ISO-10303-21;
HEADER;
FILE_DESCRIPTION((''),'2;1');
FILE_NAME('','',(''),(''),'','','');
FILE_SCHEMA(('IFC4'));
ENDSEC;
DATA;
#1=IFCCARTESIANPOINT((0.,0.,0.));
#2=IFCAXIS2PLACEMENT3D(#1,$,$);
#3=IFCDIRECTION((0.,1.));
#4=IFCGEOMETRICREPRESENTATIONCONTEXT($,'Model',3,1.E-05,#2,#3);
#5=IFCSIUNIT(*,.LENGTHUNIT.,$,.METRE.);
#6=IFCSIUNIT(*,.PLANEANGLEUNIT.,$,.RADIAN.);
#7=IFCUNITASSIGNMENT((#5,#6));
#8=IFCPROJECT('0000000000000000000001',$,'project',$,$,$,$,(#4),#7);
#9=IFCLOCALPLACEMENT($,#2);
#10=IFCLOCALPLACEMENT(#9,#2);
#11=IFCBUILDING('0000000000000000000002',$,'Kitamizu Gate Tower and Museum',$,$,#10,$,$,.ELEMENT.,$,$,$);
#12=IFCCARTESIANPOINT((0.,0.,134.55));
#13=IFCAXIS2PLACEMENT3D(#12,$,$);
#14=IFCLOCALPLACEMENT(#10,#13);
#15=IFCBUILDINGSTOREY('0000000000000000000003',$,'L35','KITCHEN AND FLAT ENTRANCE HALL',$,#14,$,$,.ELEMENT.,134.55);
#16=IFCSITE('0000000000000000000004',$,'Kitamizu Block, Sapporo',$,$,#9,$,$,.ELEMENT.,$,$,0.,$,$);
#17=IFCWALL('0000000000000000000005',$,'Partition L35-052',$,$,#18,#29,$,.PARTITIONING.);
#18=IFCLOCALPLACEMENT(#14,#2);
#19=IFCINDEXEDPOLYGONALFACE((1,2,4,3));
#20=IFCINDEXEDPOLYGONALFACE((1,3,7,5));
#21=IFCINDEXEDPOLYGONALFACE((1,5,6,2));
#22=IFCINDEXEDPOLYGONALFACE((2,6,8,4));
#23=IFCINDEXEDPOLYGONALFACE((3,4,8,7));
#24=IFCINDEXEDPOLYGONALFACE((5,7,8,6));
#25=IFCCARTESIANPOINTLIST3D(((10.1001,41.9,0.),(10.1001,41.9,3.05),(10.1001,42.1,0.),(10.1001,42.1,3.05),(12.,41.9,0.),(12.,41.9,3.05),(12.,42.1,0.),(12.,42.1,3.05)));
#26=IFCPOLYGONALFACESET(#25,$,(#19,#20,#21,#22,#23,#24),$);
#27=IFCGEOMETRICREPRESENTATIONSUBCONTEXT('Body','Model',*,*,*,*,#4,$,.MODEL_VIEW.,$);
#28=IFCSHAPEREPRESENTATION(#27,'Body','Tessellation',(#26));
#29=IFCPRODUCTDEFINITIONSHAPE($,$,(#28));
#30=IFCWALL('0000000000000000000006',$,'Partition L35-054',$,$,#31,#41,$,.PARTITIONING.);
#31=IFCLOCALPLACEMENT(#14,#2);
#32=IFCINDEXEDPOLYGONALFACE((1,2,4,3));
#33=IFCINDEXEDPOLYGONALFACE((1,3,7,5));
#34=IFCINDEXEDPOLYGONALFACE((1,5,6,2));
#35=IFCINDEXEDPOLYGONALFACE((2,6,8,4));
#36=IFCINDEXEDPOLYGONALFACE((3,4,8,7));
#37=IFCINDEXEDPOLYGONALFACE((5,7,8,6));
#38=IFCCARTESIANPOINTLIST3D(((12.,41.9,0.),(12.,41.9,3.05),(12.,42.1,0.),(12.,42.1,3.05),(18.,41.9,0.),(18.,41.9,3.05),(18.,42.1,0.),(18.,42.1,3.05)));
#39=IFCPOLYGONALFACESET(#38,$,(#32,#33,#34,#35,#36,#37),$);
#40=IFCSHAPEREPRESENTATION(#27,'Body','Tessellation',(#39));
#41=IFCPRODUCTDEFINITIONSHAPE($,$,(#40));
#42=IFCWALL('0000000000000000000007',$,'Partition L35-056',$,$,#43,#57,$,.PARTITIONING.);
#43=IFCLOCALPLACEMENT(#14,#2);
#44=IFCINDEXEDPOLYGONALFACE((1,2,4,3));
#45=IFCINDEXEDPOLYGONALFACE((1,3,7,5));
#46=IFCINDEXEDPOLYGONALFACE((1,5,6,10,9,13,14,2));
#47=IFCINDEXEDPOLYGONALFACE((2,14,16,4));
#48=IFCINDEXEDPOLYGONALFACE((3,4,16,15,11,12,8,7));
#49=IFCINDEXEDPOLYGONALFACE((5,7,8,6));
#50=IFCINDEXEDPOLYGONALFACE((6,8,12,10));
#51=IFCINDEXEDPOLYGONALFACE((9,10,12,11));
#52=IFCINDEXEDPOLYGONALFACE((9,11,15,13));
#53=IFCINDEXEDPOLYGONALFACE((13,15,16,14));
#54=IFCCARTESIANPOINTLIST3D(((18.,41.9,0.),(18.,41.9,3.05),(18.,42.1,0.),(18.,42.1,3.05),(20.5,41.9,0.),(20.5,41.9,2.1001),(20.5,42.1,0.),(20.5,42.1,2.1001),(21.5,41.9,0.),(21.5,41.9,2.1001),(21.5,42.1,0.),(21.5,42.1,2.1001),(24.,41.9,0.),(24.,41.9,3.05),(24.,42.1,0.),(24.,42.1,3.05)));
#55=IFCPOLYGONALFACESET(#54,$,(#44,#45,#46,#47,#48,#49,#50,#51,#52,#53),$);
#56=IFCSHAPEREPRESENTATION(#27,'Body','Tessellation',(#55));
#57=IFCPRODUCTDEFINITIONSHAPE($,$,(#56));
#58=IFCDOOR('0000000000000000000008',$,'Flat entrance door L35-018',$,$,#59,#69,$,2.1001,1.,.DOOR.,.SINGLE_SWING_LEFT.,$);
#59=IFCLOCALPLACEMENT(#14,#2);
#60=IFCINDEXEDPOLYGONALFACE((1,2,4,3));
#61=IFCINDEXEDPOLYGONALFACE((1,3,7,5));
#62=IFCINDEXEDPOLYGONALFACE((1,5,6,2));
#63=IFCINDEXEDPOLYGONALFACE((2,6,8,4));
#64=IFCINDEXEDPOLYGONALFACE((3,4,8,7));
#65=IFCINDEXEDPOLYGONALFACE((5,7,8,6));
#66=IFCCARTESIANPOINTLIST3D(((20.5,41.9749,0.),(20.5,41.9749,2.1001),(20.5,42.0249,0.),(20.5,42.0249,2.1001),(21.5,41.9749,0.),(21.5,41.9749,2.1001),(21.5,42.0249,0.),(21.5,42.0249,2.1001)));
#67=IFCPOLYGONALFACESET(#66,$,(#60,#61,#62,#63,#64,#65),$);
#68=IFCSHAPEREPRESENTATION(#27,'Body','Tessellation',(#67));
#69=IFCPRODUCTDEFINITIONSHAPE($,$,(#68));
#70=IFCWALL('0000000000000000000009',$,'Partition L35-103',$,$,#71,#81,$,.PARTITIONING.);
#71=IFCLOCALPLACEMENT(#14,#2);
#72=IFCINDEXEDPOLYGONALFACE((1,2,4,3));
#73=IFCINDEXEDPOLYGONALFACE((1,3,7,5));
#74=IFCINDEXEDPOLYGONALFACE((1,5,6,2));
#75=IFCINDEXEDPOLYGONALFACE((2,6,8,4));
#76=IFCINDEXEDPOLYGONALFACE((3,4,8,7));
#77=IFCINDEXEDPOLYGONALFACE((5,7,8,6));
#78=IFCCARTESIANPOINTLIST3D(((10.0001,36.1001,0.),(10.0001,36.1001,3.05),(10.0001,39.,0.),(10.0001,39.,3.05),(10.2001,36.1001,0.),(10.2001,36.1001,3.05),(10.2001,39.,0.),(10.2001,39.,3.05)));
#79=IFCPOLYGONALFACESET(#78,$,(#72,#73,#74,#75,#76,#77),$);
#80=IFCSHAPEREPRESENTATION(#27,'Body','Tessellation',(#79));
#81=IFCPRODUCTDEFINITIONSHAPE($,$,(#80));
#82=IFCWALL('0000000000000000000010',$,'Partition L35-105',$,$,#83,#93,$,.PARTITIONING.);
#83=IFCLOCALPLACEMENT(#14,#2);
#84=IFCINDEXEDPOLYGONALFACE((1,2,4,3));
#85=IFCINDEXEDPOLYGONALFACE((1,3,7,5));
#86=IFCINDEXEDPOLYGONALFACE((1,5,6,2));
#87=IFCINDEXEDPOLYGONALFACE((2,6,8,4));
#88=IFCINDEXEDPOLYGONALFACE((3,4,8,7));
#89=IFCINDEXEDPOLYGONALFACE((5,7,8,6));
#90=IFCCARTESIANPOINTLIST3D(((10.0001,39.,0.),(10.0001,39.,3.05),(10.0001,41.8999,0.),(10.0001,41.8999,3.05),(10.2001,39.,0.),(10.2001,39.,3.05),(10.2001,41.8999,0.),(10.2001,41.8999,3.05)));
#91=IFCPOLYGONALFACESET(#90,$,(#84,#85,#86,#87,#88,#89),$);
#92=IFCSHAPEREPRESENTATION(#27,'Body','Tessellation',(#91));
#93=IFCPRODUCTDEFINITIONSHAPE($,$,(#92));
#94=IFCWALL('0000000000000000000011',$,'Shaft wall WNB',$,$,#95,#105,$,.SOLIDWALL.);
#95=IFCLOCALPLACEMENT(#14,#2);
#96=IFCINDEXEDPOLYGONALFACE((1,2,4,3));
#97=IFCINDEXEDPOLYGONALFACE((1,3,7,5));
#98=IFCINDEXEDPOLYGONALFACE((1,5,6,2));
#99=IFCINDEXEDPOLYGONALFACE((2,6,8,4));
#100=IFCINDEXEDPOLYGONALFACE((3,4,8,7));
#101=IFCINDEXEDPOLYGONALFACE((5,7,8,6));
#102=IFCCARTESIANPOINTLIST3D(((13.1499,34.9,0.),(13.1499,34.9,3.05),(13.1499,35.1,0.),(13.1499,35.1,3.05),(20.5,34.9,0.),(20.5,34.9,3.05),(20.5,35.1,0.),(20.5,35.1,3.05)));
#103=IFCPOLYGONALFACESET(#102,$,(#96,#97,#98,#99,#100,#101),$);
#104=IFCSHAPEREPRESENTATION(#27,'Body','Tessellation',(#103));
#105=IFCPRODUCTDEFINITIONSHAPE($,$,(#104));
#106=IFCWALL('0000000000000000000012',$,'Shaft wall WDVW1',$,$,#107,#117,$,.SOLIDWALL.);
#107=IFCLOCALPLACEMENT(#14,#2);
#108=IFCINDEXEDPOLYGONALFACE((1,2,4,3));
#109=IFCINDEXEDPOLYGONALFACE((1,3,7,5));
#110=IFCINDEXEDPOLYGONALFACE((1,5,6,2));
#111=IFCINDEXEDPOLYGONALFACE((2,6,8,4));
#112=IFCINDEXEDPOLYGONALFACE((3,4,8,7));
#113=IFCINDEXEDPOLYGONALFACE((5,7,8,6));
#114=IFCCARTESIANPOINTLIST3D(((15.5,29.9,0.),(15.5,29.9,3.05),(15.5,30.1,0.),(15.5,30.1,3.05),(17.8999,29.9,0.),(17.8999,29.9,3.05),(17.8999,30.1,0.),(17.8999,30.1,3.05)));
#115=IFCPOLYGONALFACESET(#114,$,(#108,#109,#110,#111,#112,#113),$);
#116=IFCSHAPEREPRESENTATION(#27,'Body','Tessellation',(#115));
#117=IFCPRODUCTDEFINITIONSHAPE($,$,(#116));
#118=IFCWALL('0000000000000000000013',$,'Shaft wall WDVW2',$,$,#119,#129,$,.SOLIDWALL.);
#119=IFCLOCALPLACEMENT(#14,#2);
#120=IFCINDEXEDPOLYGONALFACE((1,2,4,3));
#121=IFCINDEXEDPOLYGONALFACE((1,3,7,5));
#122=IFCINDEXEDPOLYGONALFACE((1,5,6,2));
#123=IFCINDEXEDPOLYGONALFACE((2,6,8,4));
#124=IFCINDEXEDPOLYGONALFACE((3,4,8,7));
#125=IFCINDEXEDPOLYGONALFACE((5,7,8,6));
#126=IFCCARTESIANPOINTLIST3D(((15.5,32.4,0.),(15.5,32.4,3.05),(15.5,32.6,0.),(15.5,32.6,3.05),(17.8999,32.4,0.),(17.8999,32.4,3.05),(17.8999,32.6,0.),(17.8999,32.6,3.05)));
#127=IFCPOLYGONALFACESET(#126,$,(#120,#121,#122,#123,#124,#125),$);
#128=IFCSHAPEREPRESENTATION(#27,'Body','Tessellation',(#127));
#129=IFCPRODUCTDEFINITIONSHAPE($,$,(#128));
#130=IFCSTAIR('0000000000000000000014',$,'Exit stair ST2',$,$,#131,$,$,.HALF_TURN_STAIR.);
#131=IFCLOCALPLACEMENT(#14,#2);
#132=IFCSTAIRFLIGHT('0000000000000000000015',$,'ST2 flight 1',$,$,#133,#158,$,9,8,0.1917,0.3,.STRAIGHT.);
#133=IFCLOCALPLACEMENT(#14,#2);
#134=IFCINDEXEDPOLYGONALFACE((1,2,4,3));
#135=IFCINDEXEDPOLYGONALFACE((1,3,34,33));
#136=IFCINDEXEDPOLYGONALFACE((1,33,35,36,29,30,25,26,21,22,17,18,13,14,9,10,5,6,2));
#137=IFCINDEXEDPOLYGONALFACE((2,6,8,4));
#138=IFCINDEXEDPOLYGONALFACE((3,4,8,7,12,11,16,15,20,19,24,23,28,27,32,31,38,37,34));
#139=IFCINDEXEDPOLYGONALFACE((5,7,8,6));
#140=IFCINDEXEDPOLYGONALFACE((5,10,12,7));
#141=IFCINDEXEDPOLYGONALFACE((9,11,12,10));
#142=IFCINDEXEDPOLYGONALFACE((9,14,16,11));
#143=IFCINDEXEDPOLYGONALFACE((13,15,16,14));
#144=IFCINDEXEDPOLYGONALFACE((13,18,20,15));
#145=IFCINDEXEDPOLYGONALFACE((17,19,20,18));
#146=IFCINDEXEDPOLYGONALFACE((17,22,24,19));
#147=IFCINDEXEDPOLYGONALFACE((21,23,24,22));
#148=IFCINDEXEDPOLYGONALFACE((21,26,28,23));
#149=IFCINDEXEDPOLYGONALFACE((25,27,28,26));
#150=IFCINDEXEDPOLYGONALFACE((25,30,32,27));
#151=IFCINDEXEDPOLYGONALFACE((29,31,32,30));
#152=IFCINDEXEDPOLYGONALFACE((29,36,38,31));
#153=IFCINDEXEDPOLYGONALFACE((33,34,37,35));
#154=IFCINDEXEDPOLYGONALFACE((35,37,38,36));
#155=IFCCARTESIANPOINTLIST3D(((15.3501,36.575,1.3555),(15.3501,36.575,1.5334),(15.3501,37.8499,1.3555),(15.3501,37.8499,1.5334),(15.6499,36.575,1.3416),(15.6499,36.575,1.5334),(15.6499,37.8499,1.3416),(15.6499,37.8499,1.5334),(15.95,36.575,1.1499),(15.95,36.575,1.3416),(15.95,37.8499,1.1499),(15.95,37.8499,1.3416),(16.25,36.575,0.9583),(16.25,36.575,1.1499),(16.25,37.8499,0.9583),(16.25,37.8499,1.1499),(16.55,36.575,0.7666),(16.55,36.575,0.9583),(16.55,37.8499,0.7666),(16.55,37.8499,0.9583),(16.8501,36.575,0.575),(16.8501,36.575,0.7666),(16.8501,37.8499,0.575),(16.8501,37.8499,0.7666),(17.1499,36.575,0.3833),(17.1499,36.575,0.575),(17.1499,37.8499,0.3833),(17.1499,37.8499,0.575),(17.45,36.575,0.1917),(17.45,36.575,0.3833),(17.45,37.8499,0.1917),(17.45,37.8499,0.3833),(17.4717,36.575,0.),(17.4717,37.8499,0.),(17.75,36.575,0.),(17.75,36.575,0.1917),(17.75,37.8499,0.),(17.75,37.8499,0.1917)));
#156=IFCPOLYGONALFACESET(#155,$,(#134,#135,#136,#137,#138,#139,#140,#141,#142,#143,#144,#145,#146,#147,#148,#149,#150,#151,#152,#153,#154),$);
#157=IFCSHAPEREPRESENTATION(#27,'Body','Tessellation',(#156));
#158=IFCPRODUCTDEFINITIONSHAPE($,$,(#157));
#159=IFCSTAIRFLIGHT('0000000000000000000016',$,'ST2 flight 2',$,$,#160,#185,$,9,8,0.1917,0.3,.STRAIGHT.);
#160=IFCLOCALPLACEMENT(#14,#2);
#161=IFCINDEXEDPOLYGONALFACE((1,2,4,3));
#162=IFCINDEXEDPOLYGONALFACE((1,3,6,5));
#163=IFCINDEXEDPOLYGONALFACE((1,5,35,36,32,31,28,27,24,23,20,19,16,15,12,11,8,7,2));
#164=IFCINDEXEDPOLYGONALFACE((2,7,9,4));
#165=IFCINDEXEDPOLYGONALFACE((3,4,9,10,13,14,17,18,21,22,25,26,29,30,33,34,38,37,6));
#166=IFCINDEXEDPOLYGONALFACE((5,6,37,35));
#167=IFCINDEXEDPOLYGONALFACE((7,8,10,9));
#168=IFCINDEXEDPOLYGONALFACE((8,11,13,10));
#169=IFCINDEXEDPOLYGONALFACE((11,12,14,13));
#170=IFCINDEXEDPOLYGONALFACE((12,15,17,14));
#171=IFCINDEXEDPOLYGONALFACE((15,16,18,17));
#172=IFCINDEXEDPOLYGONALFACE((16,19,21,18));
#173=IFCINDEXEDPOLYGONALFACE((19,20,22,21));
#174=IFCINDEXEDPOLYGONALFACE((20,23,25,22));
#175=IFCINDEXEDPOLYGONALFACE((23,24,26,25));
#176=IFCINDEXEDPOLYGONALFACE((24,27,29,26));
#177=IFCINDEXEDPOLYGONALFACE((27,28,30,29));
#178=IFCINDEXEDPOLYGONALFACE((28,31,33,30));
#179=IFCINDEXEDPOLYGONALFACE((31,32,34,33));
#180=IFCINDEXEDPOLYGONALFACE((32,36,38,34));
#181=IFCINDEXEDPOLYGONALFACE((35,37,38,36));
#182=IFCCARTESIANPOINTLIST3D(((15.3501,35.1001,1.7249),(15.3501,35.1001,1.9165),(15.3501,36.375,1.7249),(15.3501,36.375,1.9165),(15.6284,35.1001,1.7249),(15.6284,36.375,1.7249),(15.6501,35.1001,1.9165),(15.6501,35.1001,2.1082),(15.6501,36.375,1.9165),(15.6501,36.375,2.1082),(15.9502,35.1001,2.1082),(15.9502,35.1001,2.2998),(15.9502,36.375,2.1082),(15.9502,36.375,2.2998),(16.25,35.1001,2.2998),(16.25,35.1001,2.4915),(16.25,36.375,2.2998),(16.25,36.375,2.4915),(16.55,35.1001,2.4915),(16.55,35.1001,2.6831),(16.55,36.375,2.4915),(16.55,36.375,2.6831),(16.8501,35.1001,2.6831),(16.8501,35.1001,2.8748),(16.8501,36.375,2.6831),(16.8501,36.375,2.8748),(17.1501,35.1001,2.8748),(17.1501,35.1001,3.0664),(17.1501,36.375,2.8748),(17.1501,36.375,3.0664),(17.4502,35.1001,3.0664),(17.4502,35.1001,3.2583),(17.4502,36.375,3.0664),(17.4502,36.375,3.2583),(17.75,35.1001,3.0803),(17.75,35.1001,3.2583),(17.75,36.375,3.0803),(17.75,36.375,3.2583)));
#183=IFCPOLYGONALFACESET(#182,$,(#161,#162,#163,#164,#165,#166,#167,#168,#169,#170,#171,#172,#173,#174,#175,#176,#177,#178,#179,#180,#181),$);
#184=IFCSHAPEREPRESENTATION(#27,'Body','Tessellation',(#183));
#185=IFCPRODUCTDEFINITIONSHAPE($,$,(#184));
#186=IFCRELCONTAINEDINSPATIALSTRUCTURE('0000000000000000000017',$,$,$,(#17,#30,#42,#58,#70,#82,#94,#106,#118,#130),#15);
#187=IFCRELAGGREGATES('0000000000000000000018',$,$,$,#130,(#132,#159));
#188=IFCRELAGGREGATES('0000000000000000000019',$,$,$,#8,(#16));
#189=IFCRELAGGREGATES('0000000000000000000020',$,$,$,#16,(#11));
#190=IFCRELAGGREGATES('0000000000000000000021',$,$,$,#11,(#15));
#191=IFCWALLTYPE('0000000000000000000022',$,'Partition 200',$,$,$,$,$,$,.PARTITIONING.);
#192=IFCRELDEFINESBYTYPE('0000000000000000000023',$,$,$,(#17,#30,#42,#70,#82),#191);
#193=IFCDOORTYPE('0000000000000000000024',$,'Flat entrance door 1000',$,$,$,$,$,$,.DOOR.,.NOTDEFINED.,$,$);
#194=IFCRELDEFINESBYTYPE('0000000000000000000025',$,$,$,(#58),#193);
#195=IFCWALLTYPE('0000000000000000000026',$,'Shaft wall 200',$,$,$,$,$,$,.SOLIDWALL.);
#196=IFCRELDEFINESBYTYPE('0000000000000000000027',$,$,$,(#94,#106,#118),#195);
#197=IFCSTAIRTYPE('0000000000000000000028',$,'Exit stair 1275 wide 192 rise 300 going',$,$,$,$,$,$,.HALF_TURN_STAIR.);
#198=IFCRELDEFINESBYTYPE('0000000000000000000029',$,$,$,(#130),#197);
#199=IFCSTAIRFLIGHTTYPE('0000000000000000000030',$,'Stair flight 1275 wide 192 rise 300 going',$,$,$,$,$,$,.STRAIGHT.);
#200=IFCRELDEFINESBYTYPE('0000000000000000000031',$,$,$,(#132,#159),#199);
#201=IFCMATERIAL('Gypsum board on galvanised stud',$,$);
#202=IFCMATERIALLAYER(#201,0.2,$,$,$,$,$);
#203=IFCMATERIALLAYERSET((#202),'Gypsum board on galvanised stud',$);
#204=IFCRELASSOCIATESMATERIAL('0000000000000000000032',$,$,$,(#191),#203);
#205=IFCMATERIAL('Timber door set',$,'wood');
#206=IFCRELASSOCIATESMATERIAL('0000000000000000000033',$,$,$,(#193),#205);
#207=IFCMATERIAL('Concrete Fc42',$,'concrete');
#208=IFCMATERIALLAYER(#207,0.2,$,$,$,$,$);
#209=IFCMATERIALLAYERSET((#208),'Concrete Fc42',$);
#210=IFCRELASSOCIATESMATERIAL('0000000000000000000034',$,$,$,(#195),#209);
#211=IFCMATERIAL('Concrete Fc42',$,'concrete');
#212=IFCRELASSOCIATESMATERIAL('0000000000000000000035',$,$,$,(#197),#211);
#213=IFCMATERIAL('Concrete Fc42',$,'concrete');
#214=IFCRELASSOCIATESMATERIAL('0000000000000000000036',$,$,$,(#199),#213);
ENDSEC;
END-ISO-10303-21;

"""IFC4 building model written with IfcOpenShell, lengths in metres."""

from ifc_helpers import new_model, si_unit, direction, frame, frame_2d, origin, place, context, subcontext, project, spatial, polyline, rectangle, outline, extrude, material, layer, layer_set, type_object, element, fill, aggregate, save


model = new_model("IFC4")

# Units and contexts
model_context = context("Model", 3, precision=1e-05, world=origin(), true_north=direction((0.0, 1.0)))
body_context = subcontext(model_context, "Body", "Model", "MODEL_VIEW")
ifc_project = project(units=[si_unit("LENGTHUNIT", "METRE"), si_unit("PLANEANGLEUNIT", "RADIAN")], contexts=[model_context])

# Site, building, storey
site_placement = place(None, origin())
site = spatial("IfcSite", under=ifc_project, at=site_placement, Name="Kitamizu Block, Sapporo", CompositionType="ELEMENT", RefElevation=0.0)
building_placement = place(site_placement, origin())
building = spatial("IfcBuilding", under=site, at=building_placement, Name="Kitamizu Gate Tower and Museum", CompositionType="ELEMENT")
storey_placement = place(building_placement, frame((0.0, 0.0, 134.55)))
storey = spatial("IfcBuildingStorey", under=building, at=storey_placement, Name="L35", Description="KITCHEN AND FLAT ENTRANCE HALL", CompositionType="ELEMENT", Elevation=134.55)

# Walls
ifc_material_1 = material(Name="Gypsum board on galvanised stud")
ifc_layer_1 = layer(ifc_material_1, 0.2)
ifc_layer_set_1 = layer_set([ifc_layer_1], Name="Gypsum board on galvanised stud")
wall_type_1 = type_object("IfcWallType", Name="Partition 200", PredefinedType="PARTITIONING", material=ifc_layer_set_1)
wall_1_placement = place(storey_placement, frame((10.1001, 42.0, 0.0), z_axis=(0.0, 0.0, 1.0), x_axis=(1.0, 0.0, 0.0)))
element("IfcWall", 1, at=wall_1_placement, inside=storey, type_object=wall_type_1, Name="Partition L35-052", PredefinedType="PARTITIONING", context=body_context, shape_type="SweptSolid", body=[
    extrude(rectangle(XDim=1.8999, YDim=0.2, at=frame_2d((0.95, 0.0))), origin(), (0.0, 0.0, 1.0), 3.05),
])
wall_2_placement = place(storey_placement, frame((12.0, 42.0, 0.0), z_axis=(0.0, 0.0, 1.0), x_axis=(1.0, 0.0, 0.0)))
element("IfcWall", 2, at=wall_2_placement, inside=storey, type_object=wall_type_1, Name="Partition L35-054", PredefinedType="PARTITIONING", context=body_context, shape_type="SweptSolid", body=[
    extrude(rectangle(XDim=6.0, YDim=0.2, at=frame_2d((3.0, 0.0))), origin(), (0.0, 0.0, 1.0), 3.05),
])

# Wall, opening, door
wall_3_placement = place(storey_placement, frame((18.0, 42.0, 0.0), z_axis=(0.0, 0.0, 1.0), x_axis=(1.0, 0.0, 0.0)))
wall_3 = element("IfcWall", 3, at=wall_3_placement, inside=storey, type_object=wall_type_1, Name="Partition L35-056", PredefinedType="PARTITIONING", context=body_context, shape_type="SweptSolid", body=[
    extrude(rectangle(XDim=6.0, YDim=0.2, at=frame_2d((3.0, 0.0))), origin(), (0.0, 0.0, 1.0), 3.05),
])
opening_1_placement = place(wall_3_placement, frame((2.5, 0.0, 0.0)))
opening_1 = element("IfcOpeningElement", 4, at=opening_1_placement, cuts=wall_3, PredefinedType="OPENING", context=body_context, shape_type="SweptSolid", body=[
    extrude(rectangle(XDim=1.0, YDim=2.1001, at=frame_2d((0.5, 1.05))), frame((0.0, 0.1099, 0.0), z_axis=(0.0, -1.0, 0.0), x_axis=(1.0, 0.0, 0.0)), (0.0, 0.0, 1.0), 0.22),
])
ifc_material_2 = material(Name="Timber door set", Category="wood")
door_type_1 = type_object("IfcDoorType", Name="Flat entrance door 1000", OperationType="NOTDEFINED", PredefinedType="DOOR", material=ifc_material_2)
door_1_placement = place(opening_1_placement, origin())
door_1 = element("IfcDoor", 5, at=door_1_placement, inside=storey, type_object=door_type_1, Name="Flat entrance door L35-018", OperationType="SINGLE_SWING_LEFT", OverallHeight=2.1001, OverallWidth=1.0, PredefinedType="DOOR", context=body_context, shape_type="SweptSolid", body=[
    extrude(rectangle(XDim=1.0, YDim=2.1001, at=frame_2d((0.5, 1.05))), frame((0.0, 0.0249, 0.0), z_axis=(0.0, -1.0, 0.0), x_axis=(1.0, 0.0, 0.0)), (0.0, 0.0, 1.0), 0.05),
])
fill(opening_1, door_1)

# Walls
for number, where, z_axis, x_axis, name in (
    (6, (10.1001, 36.1001, 0.0), (0.0, 0.0, 1.0), (0.0, 1.0, 0.0), "Partition L35-103"),
    (7, (10.1001, 39.0, 0.0), (0.0, 0.0, 1.0), (0.0, 1.0, 0.0), "Partition L35-105"),
):
    element("IfcWall", number, at=place(storey_placement, frame(where, z_axis=z_axis, x_axis=x_axis)), inside=storey, type_object=wall_type_1, Name=name, PredefinedType="PARTITIONING", context=body_context, shape_type="SweptSolid", body=[
        extrude(rectangle(XDim=2.8999, YDim=0.2, at=frame_2d((1.45, 0.0))), origin(), (0.0, 0.0, 1.0), 3.05),
    ])
ifc_material_3 = material(Name="Concrete Fc42", Category="concrete")
ifc_layer_2 = layer(ifc_material_3, 0.2)
ifc_layer_set_2 = layer_set([ifc_layer_2], Name="Concrete Fc42")
wall_type_2 = type_object("IfcWallType", Name="Shaft wall 200", PredefinedType="SOLIDWALL", material=ifc_layer_set_2)
wall_4_placement = place(storey_placement, frame((13.1499, 35.0, 0.0), z_axis=(0.0, 0.0, 1.0), x_axis=(1.0, 0.0, 0.0)))
element("IfcWall", 8, at=wall_4_placement, inside=storey, type_object=wall_type_2, Name="Shaft wall WNB", PredefinedType="SOLIDWALL", context=body_context, shape_type="SweptSolid", body=[
    extrude(rectangle(XDim=7.3501, YDim=0.2, at=frame_2d((3.675, 0.0))), origin(), (0.0, 0.0, 1.0), 3.05),
])
for number, where, z_axis, x_axis, name in (
    (9, (15.5, 30.0, 0.0), (0.0, 0.0, 1.0), (1.0, 0.0, 0.0), "Shaft wall WDVW1"),
    (10, (15.5, 32.5, 0.0), (0.0, 0.0, 1.0), (1.0, 0.0, 0.0), "Shaft wall WDVW2"),
):
    element("IfcWall", number, at=place(storey_placement, frame(where, z_axis=z_axis, x_axis=x_axis)), inside=storey, type_object=wall_type_2, Name=name, PredefinedType="SOLIDWALL", context=body_context, shape_type="SweptSolid", body=[
        extrude(rectangle(XDim=2.3999, YDim=0.2, at=frame_2d((1.2, 0.0))), origin(), (0.0, 0.0, 1.0), 3.05),
    ])

# Stair, stair flights
ifc_material_4 = material(Name="Concrete Fc42", Category="concrete")
stair_type = type_object("IfcStairType", Name="Exit stair 1275 wide 192 rise 300 going", PredefinedType="HALF_TURN_STAIR", material=ifc_material_4)
stair_placement = place(storey_placement, origin())
stair = element("IfcStair", 11, at=stair_placement, inside=storey, type_object=stair_type, Name="Exit stair ST2", PredefinedType="HALF_TURN_STAIR")
ifc_material_5 = material(Name="Concrete Fc42", Category="concrete")
stair_flight_type = type_object("IfcStairFlightType", Name="Stair flight 1275 wide 192 rise 300 going", PredefinedType="STRAIGHT", material=ifc_material_5)
stair_flight_1_placement = place(storey_placement, frame((17.75, 37.2124, 0.0), z_axis=(0.0, 0.0, 1.0), x_axis=(-1.0, 0.0, 0.0)))
stair_flight_1 = element("IfcStairFlight", 12, at=stair_flight_1_placement, type_object=stair_flight_type, Name="ST2 flight 1", NumberOfRisers=9, NumberOfTreads=8, PredefinedType="STRAIGHT", RiserHeight=0.1917, TreadLength=0.3, context=body_context, shape_type="SweptSolid", body=[
    extrude(outline(polyline([(0.0, 0.0), (0.0, 0.1917), (0.3, 0.1917), (0.3, 0.3833), (0.6001, 0.3833), (0.6001, 0.575), (0.8999, 0.575), (0.8999, 0.7666), (1.2, 0.7666), (1.2, 0.9583), (1.5, 0.9583), (1.5, 1.1499), (1.8, 1.1499), (1.8, 1.3416), (2.1001, 1.3416), (2.1001, 1.5334), (2.3999, 1.5334), (2.3999, 1.7251), (2.3999, 1.3555), (0.2783, 0.0), (0.0, 0.0)])), frame((0.0, 0.6375, 0.0), z_axis=(0.0, -1.0, 0.0), x_axis=(1.0, 0.0, 0.0)), (0.0, 0.0, 1.0), 1.2749),
])
stair_flight_2_placement = place(storey_placement, frame((15.3501, 35.7375, 1.7249), z_axis=(0.0, 0.0, 1.0), x_axis=(1.0, 0.0, 0.0)))
stair_flight_2 = element("IfcStairFlight", 13, at=stair_flight_2_placement, type_object=stair_flight_type, Name="ST2 flight 2", NumberOfRisers=9, NumberOfTreads=8, PredefinedType="STRAIGHT", RiserHeight=0.1917, TreadLength=0.3, context=body_context, shape_type="SweptSolid", body=[
    extrude(outline(polyline([(0.0, 0.0), (0.0, 0.1917), (0.3, 0.1917), (0.3, 0.3833), (0.6001, 0.3833), (0.6001, 0.575), (0.8999, 0.575), (0.8999, 0.7666), (1.2, 0.7666), (1.2, 0.9583), (1.5, 0.9583), (1.5, 1.1499), (1.8, 1.1499), (1.8, 1.3416), (2.1001, 1.3416), (2.1001, 1.5334), (2.3999, 1.5334), (2.3999, 1.7251), (2.3999, 1.3555), (0.2783, 0.0), (0.0, 0.0)])), frame((0.0, 0.6375, 0.0), z_axis=(0.0, -1.0, 0.0), x_axis=(1.0, 0.0, 0.0)), (0.0, 0.0, 1.0), 1.2749),
])
aggregate(stair, [stair_flight_1, stair_flight_2])

save(model, "model.ifc")
